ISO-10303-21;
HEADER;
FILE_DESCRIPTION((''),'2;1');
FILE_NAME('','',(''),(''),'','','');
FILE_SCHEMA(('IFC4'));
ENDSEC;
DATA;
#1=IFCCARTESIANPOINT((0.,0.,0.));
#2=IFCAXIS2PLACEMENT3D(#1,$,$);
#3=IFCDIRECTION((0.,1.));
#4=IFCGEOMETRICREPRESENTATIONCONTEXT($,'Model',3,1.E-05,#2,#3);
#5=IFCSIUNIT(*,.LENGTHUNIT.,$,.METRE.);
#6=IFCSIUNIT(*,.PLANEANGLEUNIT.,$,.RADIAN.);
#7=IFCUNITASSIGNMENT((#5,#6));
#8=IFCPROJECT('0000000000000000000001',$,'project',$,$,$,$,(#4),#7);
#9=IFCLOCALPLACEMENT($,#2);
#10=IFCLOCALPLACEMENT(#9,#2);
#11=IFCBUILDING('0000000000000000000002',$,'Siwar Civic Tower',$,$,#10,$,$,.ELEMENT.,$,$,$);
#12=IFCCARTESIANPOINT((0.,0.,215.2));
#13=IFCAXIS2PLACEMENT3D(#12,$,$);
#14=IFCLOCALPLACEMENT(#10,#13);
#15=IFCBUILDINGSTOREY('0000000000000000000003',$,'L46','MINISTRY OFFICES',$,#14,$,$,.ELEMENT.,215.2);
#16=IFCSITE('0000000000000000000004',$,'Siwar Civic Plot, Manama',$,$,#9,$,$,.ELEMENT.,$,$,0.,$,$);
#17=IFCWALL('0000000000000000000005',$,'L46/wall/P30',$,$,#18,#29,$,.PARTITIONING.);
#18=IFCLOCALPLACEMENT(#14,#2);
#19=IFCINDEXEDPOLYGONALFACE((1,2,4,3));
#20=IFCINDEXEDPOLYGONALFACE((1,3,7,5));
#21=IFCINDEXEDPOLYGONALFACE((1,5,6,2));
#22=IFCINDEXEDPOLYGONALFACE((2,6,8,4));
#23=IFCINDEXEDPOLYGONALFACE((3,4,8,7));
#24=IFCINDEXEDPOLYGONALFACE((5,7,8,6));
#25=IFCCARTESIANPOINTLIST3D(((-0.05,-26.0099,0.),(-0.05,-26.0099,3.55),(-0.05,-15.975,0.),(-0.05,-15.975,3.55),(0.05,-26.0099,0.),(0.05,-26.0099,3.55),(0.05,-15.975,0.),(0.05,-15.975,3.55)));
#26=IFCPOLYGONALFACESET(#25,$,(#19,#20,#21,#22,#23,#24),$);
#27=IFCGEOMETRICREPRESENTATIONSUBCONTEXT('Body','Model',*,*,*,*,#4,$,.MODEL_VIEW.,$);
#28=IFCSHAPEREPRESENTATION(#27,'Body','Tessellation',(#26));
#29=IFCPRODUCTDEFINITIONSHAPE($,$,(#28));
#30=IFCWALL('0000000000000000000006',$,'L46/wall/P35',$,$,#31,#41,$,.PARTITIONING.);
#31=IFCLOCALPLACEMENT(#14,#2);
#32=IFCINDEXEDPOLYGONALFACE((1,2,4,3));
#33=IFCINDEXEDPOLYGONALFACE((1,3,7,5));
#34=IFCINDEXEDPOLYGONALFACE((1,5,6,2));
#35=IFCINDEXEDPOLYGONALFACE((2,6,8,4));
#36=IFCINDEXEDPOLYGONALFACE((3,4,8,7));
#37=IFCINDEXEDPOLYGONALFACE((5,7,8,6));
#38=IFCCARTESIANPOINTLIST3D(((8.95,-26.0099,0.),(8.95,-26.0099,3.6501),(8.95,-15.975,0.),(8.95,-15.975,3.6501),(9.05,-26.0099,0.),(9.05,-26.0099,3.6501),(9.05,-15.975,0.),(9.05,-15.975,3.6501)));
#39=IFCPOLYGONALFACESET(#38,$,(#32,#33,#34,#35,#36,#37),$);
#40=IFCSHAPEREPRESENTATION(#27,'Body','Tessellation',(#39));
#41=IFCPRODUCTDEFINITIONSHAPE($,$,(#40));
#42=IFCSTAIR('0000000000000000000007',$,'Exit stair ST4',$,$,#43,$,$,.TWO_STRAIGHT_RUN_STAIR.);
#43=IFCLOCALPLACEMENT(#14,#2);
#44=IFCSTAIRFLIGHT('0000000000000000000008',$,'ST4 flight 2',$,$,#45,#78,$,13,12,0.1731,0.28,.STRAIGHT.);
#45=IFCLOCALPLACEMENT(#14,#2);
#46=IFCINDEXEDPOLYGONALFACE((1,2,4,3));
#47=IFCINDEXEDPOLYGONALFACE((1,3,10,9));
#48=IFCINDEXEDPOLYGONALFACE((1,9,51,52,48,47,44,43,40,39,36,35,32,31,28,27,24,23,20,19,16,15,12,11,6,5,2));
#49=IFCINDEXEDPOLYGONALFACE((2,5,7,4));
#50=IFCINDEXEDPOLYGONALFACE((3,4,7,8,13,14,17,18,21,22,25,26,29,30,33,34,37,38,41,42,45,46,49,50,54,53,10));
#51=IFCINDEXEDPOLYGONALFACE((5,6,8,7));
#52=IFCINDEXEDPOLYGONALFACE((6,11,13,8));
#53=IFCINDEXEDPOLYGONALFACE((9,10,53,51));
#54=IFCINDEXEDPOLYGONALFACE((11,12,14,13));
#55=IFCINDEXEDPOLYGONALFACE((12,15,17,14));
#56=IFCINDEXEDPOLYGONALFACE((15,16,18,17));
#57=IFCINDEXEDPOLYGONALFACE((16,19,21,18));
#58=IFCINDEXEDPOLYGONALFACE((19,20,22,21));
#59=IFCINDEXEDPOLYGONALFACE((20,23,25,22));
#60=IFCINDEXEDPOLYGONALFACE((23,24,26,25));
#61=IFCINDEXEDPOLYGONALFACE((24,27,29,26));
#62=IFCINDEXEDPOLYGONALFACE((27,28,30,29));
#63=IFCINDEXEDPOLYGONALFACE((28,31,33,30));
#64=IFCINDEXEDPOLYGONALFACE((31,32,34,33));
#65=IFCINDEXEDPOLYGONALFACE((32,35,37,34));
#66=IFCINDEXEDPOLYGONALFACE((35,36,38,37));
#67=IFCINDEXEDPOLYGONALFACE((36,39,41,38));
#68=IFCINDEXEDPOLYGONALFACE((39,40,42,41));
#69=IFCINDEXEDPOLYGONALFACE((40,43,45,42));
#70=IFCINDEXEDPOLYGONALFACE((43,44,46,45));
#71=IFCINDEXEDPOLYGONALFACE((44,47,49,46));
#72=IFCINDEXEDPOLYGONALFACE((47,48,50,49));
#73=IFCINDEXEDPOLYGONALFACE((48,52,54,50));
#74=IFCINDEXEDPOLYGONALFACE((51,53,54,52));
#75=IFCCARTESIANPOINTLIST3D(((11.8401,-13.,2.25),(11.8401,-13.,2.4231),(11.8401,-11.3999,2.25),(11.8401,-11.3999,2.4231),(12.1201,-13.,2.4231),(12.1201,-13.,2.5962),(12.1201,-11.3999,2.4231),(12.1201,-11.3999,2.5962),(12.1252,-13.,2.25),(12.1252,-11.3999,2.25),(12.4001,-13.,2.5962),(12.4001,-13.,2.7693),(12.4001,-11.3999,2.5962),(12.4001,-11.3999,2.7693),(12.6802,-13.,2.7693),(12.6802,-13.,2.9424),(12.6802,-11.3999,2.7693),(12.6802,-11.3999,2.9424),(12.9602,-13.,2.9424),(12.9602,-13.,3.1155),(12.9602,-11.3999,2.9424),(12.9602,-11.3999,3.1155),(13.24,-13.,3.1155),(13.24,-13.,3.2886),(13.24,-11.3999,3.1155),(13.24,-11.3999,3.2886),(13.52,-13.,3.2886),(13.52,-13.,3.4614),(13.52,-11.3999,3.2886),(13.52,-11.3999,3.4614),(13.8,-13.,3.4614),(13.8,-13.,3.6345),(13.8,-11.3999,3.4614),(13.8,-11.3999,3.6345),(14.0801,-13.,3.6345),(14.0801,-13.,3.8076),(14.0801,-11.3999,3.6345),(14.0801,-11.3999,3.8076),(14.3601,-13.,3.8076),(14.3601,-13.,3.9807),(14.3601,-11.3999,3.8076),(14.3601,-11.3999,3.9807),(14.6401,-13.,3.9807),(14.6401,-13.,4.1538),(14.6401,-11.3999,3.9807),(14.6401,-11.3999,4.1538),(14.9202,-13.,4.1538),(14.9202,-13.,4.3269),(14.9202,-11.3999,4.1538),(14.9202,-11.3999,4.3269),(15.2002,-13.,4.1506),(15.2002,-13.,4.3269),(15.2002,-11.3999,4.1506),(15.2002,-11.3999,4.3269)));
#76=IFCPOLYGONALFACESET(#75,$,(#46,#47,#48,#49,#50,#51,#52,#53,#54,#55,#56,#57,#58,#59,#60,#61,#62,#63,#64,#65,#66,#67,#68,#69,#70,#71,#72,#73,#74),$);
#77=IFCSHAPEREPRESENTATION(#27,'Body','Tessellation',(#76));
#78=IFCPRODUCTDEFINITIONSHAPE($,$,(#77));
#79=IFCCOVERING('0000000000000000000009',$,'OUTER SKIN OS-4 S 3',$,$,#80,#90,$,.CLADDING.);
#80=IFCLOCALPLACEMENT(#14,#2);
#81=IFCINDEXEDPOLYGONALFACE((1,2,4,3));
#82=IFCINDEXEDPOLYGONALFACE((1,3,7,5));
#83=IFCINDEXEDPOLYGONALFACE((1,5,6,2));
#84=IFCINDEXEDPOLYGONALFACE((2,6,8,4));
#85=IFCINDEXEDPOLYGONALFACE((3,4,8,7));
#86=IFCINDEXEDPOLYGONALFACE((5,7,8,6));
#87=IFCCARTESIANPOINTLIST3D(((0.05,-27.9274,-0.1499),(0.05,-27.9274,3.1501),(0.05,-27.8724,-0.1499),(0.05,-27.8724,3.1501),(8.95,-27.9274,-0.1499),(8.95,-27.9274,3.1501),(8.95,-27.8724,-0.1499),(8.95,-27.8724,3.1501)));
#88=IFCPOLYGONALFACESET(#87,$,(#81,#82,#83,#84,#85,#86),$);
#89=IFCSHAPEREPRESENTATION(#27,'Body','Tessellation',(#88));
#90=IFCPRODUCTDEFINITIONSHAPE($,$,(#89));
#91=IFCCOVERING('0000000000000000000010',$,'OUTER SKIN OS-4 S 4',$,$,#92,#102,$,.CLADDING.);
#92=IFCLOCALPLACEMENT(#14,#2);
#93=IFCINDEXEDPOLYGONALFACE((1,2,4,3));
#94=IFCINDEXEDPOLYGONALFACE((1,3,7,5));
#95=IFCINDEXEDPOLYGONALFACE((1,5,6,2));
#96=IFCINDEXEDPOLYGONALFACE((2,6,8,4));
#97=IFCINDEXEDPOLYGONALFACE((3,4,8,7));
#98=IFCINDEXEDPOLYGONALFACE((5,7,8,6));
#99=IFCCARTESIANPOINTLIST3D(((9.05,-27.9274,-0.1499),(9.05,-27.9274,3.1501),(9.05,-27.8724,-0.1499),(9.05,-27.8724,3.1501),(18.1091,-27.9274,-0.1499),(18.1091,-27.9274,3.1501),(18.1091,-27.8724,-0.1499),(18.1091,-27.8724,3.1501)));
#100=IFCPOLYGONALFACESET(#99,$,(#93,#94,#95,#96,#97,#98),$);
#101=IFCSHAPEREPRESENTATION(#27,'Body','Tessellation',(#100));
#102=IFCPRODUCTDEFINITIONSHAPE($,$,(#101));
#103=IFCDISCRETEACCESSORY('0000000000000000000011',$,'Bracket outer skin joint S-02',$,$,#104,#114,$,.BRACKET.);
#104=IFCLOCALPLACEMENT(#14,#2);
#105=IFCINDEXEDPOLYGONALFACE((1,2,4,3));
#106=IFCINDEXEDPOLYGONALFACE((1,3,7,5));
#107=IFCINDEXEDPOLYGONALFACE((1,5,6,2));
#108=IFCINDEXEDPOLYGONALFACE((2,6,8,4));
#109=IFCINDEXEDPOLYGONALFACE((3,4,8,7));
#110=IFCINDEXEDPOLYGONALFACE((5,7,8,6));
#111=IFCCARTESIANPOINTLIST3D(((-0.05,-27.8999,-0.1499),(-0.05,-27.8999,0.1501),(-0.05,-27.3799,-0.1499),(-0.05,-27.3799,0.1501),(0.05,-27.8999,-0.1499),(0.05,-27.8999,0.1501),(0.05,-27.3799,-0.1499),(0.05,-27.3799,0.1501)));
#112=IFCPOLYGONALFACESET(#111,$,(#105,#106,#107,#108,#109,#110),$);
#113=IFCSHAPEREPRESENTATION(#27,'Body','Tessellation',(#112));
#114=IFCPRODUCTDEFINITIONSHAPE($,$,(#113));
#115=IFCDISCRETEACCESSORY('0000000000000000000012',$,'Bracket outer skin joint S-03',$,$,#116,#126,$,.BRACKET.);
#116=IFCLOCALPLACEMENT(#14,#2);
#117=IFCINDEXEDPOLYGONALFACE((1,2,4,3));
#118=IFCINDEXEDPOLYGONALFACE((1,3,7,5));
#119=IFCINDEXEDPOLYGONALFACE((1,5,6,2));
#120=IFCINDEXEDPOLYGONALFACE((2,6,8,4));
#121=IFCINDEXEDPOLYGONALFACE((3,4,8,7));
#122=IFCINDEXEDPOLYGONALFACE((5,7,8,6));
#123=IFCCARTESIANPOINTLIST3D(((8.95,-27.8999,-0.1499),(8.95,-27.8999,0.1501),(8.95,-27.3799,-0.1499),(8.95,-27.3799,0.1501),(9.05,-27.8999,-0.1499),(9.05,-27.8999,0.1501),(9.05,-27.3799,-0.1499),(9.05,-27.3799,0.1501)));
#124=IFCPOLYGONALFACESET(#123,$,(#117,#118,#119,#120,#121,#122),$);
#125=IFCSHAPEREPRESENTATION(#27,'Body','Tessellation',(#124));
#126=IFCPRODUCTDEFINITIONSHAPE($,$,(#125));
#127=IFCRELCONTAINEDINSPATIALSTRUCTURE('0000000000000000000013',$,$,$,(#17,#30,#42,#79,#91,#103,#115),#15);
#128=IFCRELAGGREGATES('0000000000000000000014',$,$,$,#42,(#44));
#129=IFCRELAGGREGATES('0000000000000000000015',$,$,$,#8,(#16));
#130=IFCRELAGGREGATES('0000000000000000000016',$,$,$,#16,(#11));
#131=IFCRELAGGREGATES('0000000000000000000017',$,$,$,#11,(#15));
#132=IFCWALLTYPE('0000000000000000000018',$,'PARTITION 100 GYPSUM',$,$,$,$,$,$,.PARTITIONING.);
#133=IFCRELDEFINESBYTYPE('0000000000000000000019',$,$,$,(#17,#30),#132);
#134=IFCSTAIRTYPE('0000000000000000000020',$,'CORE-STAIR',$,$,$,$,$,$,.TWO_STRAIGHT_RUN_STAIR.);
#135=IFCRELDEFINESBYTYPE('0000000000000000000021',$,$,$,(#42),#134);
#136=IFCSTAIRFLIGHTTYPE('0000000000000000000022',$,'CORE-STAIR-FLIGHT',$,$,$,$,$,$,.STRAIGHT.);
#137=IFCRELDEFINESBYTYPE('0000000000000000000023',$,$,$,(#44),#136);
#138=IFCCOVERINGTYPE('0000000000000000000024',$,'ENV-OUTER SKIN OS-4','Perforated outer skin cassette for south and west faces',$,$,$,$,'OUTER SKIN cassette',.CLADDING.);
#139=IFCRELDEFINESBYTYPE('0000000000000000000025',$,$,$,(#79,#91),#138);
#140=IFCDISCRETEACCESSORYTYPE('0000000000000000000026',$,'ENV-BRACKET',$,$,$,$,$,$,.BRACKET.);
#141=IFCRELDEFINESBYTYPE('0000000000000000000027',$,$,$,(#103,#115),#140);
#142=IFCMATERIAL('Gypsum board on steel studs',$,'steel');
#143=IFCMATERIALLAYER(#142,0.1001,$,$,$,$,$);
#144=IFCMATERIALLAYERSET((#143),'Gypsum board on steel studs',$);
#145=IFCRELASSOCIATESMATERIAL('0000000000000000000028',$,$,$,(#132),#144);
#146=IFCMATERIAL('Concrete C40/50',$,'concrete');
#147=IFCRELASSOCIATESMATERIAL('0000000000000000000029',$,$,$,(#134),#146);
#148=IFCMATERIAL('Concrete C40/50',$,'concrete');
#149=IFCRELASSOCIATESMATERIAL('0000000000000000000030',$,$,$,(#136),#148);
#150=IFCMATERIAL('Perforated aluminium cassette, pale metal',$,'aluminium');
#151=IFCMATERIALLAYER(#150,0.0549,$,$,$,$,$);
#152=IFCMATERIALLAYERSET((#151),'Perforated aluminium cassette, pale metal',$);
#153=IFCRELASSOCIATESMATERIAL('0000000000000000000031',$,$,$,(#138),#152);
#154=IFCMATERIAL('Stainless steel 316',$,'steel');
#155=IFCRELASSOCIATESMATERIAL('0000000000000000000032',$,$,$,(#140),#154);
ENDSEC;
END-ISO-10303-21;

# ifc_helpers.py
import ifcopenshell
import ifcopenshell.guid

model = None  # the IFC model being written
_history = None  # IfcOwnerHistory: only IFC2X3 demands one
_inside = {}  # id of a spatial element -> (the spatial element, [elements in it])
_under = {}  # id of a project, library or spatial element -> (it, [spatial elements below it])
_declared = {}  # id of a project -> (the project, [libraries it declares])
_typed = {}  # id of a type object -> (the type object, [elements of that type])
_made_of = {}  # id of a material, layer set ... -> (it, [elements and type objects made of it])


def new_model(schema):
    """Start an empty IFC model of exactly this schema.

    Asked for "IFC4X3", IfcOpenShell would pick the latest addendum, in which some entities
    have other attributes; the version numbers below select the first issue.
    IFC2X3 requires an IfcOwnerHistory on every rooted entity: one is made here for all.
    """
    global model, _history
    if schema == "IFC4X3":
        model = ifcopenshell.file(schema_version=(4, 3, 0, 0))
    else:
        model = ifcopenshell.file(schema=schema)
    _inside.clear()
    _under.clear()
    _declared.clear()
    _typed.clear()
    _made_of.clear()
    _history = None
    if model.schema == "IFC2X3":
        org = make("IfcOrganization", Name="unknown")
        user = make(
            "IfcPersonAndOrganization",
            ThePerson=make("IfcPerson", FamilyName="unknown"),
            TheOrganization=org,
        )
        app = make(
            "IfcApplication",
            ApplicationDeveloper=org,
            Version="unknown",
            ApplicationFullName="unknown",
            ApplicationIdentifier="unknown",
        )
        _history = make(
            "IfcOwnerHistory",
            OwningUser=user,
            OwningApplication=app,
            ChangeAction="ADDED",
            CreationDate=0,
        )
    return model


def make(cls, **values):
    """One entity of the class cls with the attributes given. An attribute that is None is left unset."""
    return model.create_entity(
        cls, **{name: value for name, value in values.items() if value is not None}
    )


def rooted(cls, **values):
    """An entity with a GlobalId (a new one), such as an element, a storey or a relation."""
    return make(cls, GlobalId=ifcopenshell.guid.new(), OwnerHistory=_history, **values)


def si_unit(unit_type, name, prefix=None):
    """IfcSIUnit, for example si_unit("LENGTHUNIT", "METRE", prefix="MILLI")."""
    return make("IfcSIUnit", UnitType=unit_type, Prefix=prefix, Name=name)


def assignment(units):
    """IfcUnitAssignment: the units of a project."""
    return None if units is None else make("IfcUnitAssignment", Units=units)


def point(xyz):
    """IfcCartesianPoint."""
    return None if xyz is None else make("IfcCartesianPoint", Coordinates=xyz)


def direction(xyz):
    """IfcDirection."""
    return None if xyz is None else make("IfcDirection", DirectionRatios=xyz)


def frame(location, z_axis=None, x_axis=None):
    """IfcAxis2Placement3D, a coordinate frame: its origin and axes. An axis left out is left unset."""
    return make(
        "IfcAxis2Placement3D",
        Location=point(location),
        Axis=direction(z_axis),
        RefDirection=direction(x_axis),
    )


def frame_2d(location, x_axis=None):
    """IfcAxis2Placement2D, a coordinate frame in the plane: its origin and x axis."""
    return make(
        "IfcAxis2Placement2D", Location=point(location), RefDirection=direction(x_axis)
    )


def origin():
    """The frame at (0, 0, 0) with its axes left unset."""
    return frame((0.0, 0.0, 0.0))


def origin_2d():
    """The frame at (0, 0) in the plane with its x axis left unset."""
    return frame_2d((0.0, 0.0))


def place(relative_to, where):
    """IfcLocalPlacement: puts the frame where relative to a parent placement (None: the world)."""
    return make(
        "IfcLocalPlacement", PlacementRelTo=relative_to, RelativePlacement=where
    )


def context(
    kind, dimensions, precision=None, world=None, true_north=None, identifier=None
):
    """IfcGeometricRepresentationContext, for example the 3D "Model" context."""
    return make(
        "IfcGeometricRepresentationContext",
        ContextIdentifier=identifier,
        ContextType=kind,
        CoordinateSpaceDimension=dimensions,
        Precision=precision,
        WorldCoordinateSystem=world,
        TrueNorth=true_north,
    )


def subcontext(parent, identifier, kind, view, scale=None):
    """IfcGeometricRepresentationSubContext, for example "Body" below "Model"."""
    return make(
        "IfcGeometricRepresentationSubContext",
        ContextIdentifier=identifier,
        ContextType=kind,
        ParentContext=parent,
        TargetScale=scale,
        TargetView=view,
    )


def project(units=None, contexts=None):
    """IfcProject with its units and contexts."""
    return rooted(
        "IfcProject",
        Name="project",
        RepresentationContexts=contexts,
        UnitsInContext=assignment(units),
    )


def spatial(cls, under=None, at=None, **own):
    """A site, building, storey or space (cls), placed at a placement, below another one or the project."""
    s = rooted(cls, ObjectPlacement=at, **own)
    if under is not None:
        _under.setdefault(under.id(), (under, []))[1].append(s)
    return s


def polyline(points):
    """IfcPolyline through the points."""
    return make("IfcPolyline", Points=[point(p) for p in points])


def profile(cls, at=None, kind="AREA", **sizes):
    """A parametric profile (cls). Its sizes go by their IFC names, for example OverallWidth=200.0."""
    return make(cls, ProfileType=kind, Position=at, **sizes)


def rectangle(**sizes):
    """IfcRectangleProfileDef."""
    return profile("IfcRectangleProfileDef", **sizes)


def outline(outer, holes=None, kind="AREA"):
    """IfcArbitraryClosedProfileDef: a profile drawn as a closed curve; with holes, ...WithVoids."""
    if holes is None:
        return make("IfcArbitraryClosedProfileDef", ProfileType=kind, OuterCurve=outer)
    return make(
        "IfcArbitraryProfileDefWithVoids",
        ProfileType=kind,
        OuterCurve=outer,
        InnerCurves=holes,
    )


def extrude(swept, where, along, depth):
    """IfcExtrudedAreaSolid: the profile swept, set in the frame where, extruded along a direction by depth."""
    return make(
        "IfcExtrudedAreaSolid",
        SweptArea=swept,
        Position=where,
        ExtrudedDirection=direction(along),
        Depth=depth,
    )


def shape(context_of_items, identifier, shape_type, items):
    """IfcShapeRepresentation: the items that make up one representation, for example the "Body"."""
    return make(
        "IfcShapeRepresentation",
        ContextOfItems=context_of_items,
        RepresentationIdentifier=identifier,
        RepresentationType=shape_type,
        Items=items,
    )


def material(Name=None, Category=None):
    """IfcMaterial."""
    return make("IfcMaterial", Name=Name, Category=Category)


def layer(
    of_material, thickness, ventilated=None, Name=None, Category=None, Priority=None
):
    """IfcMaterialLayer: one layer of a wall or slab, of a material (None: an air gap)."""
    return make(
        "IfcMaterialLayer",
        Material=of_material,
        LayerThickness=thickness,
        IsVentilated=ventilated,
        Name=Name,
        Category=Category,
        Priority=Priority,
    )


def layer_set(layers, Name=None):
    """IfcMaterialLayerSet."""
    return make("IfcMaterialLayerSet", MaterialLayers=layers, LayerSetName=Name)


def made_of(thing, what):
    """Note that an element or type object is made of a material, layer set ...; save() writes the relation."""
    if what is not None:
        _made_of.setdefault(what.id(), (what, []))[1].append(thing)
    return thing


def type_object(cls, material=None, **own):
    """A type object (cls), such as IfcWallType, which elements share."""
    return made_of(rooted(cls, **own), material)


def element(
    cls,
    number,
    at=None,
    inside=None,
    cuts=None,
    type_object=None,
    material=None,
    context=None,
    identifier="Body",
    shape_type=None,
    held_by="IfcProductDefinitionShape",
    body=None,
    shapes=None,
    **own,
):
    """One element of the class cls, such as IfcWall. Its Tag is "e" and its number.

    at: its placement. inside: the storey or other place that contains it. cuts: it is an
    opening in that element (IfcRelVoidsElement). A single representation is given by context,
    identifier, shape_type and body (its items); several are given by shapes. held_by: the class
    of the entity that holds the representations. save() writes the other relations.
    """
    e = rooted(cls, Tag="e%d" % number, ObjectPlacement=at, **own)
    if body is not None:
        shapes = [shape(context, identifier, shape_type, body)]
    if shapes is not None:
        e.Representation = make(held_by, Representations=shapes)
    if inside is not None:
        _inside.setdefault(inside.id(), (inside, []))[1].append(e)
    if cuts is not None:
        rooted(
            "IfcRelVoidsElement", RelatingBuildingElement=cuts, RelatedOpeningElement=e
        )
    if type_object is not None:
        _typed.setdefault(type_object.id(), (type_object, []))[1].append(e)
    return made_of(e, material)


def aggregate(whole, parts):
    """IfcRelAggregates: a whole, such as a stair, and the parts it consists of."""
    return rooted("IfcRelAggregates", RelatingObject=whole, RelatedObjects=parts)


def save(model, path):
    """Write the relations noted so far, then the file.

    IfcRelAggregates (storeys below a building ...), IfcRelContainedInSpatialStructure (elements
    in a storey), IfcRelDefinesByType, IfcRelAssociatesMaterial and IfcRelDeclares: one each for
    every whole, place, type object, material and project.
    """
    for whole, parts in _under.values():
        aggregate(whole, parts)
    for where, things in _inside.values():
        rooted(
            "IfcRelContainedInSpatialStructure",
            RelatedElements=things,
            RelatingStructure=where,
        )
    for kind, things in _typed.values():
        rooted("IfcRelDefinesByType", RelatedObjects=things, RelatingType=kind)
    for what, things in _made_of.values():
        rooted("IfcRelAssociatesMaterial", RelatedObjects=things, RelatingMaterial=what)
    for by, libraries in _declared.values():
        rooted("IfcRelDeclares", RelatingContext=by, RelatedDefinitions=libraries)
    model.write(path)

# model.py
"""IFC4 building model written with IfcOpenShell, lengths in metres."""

from ifc_helpers import new_model, si_unit, direction, frame, frame_2d, origin, origin_2d, place, context, subcontext, project, spatial, polyline, rectangle, outline, extrude, material, layer, layer_set, type_object, element, aggregate, save


model = new_model("IFC4")

# Units and contexts
model_context = context("Model", 3, precision=1e-05, world=origin(), true_north=direction((0.0, 1.0)))
body_context = subcontext(model_context, "Body", "Model", "MODEL_VIEW")
ifc_project = project(units=[si_unit("LENGTHUNIT", "METRE"), si_unit("PLANEANGLEUNIT", "RADIAN")], contexts=[model_context])

# Site, building, storey
site_placement = place(None, origin())
site = spatial("IfcSite", under=ifc_project, at=site_placement, Name="Siwar Civic Plot, Manama", CompositionType="ELEMENT", RefElevation=0.0)
building_placement = place(site_placement, origin())
building = spatial("IfcBuilding", under=site, at=building_placement, Name="Siwar Civic Tower", CompositionType="ELEMENT")
storey_placement = place(building_placement, frame((0.0, 0.0, 215.2)))
storey = spatial("IfcBuildingStorey", under=building, at=storey_placement, Name="L46", Description="MINISTRY OFFICES", CompositionType="ELEMENT", Elevation=215.2)

# Walls
ifc_material_1 = material(Name="Gypsum board on steel studs", Category="steel")
ifc_layer_1 = layer(ifc_material_1, 0.1001)
ifc_layer_set_1 = layer_set([ifc_layer_1], Name="Gypsum board on steel studs")
wall_type_1 = type_object("IfcWallType", Name="PARTITION 100 GYPSUM", PredefinedType="PARTITIONING", material=ifc_layer_set_1)
wall_1_placement = place(storey_placement, frame((0.0, -26.01, 0.0), z_axis=(0.0, 0.0, 1.0), x_axis=(0.0, 1.0, 0.0)))
element("IfcWall", 1, at=wall_1_placement, inside=storey, type_object=wall_type_1, Name="L46/wall/P30", PredefinedType="PARTITIONING", context=body_context, shape_type="SweptSolid", body=[
    extrude(rectangle(XDim=10.0349, YDim=0.1001, at=frame_2d((5.0176, 0.0))), origin(), (0.0, 0.0, 1.0), 3.55),
])
wall_2_placement = place(storey_placement, frame((9.0, -26.01, 0.0), z_axis=(0.0, 0.0, 1.0), x_axis=(0.0, 1.0, 0.0)))
element("IfcWall", 2, at=wall_2_placement, inside=storey, type_object=wall_type_1, Name="L46/wall/P35", PredefinedType="PARTITIONING", context=body_context, shape_type="SweptSolid", body=[
    extrude(rectangle(XDim=10.0349, YDim=0.1001, at=frame_2d((5.0176, 0.0))), origin(), (0.0, 0.0, 1.0), 3.6501),
])

# Stair, stair flight
ifc_material_2 = material(Name="Concrete C40/50", Category="concrete")
stair_type = type_object("IfcStairType", Name="CORE-STAIR", PredefinedType="TWO_STRAIGHT_RUN_STAIR", material=ifc_material_2)
stair_placement = place(storey_placement, origin())
stair = element("IfcStair", 3, at=stair_placement, inside=storey, type_object=stair_type, Name="Exit stair ST4", PredefinedType="TWO_STRAIGHT_RUN_STAIR")
ifc_material_3 = material(Name="Concrete C40/50", Category="concrete")
stair_flight_type = type_object("IfcStairFlightType", Name="CORE-STAIR-FLIGHT", PredefinedType="STRAIGHT", material=ifc_material_3)
stair_flight_placement = place(storey_placement, frame((11.8401, -12.2, 2.25), z_axis=(0.0, 0.0, 1.0), x_axis=(1.0, 0.0, 0.0)))
stair_flight = element("IfcStairFlight", 4, at=stair_flight_placement, type_object=stair_flight_type, Name="ST4 flight 2", NumberOfRisers=13, NumberOfTreads=12, PredefinedType="STRAIGHT", RiserHeight=0.1731, TreadLength=0.28, context=body_context, shape_type="SweptSolid", body=[
    extrude(outline(polyline([(0.0, 0.0), (0.0, 0.1731), (0.28, 0.1731), (0.28, 0.3462), (0.5601, 0.3462), (0.5601, 0.5193), (0.8401, 0.5193), (0.8401, 0.6924), (1.1201, 0.6924), (1.1201, 0.8655), (1.3999, 0.8655), (1.3999, 1.0386), (1.6799, 1.0386), (1.6799, 1.2114), (1.96, 1.2114), (1.96, 1.3845), (2.24, 1.3845), (2.24, 1.5576), (2.52, 1.5576), (2.52, 1.7307), (2.8, 1.7307), (2.8, 1.9038), (3.0801, 1.9038), (3.0801, 2.0769), (3.3601, 2.0769), (3.3601, 2.25), (3.3601, 1.9006), (0.2852, 0.0), (0.0, 0.0)])), frame((0.0, 0.8, 0.0), z_axis=(0.0, -1.0, 0.0), x_axis=(1.0, 0.0, 0.0)), (0.0, 0.0, 1.0), 1.6001),
])
aggregate(stair, [stair_flight])

# Coverings
ifc_material_4 = material(Name="Perforated aluminium cassette, pale metal", Category="aluminium")
ifc_layer_2 = layer(ifc_material_4, 0.0549)
ifc_layer_set_2 = layer_set([ifc_layer_2], Name="Perforated aluminium cassette, pale metal")
covering_type = type_object("IfcCoveringType", Name="ENV-OUTER SKIN OS-4", Description="Perforated outer skin cassette for south and west faces", ElementType="OUTER SKIN cassette", PredefinedType="CLADDING", material=ifc_layer_set_2)
covering_1_placement = place(storey_placement, frame((4.5, -27.8999, -0.1499), z_axis=(0.0, 0.0, 1.0), x_axis=(1.0, 0.0, 0.0)))
element("IfcCovering", 5, at=covering_1_placement, inside=storey, type_object=covering_type, Name="OUTER SKIN OS-4 S 3", PredefinedType="CLADDING", context=body_context, shape_type="SweptSolid", body=[
    extrude(rectangle(XDim=8.8999, YDim=0.0549, at=origin_2d()), origin(), (0.0, 0.0, 1.0), 3.3),
])
covering_2_placement = place(storey_placement, frame((13.5796, -27.8999, -0.1499), z_axis=(0.0, 0.0, 1.0), x_axis=(1.0, 0.0, 0.0)))
element("IfcCovering", 6, at=covering_2_placement, inside=storey, type_object=covering_type, Name="OUTER SKIN OS-4 S 4", PredefinedType="CLADDING", context=body_context, shape_type="SweptSolid", body=[
    extrude(rectangle(XDim=9.0591, YDim=0.0549, at=origin_2d()), origin(), (0.0, 0.0, 1.0), 3.3),
])

# Discrete accessories
ifc_material_5 = material(Name="Stainless steel 316", Category="steel")
discrete_accessory_type = type_object("IfcDiscreteAccessoryType", Name="ENV-BRACKET", PredefinedType="BRACKET", material=ifc_material_5)
for number, where, z_axis, x_axis, name in (
    (7, (0.0, -27.6399, -0.1499), (0.0, 0.0, 1.0), (0.0, -1.0, 0.0), "Bracket outer skin joint S-02"),
    (8, (9.0, -27.6399, -0.1499), (0.0, 0.0, 1.0), (0.0, -1.0, 0.0), "Bracket outer skin joint S-03"),
):
    element("IfcDiscreteAccessory", number, at=place(storey_placement, frame(where, z_axis=z_axis, x_axis=x_axis)), inside=storey, type_object=discrete_accessory_type, Name=name, PredefinedType="BRACKET", context=body_context, shape_type="SweptSolid", body=[
        extrude(rectangle(XDim=0.52, YDim=0.1001, at=origin_2d()), origin(), (0.0, 0.0, 1.0), 0.3),
    ])

save(model, "model.ifc")
